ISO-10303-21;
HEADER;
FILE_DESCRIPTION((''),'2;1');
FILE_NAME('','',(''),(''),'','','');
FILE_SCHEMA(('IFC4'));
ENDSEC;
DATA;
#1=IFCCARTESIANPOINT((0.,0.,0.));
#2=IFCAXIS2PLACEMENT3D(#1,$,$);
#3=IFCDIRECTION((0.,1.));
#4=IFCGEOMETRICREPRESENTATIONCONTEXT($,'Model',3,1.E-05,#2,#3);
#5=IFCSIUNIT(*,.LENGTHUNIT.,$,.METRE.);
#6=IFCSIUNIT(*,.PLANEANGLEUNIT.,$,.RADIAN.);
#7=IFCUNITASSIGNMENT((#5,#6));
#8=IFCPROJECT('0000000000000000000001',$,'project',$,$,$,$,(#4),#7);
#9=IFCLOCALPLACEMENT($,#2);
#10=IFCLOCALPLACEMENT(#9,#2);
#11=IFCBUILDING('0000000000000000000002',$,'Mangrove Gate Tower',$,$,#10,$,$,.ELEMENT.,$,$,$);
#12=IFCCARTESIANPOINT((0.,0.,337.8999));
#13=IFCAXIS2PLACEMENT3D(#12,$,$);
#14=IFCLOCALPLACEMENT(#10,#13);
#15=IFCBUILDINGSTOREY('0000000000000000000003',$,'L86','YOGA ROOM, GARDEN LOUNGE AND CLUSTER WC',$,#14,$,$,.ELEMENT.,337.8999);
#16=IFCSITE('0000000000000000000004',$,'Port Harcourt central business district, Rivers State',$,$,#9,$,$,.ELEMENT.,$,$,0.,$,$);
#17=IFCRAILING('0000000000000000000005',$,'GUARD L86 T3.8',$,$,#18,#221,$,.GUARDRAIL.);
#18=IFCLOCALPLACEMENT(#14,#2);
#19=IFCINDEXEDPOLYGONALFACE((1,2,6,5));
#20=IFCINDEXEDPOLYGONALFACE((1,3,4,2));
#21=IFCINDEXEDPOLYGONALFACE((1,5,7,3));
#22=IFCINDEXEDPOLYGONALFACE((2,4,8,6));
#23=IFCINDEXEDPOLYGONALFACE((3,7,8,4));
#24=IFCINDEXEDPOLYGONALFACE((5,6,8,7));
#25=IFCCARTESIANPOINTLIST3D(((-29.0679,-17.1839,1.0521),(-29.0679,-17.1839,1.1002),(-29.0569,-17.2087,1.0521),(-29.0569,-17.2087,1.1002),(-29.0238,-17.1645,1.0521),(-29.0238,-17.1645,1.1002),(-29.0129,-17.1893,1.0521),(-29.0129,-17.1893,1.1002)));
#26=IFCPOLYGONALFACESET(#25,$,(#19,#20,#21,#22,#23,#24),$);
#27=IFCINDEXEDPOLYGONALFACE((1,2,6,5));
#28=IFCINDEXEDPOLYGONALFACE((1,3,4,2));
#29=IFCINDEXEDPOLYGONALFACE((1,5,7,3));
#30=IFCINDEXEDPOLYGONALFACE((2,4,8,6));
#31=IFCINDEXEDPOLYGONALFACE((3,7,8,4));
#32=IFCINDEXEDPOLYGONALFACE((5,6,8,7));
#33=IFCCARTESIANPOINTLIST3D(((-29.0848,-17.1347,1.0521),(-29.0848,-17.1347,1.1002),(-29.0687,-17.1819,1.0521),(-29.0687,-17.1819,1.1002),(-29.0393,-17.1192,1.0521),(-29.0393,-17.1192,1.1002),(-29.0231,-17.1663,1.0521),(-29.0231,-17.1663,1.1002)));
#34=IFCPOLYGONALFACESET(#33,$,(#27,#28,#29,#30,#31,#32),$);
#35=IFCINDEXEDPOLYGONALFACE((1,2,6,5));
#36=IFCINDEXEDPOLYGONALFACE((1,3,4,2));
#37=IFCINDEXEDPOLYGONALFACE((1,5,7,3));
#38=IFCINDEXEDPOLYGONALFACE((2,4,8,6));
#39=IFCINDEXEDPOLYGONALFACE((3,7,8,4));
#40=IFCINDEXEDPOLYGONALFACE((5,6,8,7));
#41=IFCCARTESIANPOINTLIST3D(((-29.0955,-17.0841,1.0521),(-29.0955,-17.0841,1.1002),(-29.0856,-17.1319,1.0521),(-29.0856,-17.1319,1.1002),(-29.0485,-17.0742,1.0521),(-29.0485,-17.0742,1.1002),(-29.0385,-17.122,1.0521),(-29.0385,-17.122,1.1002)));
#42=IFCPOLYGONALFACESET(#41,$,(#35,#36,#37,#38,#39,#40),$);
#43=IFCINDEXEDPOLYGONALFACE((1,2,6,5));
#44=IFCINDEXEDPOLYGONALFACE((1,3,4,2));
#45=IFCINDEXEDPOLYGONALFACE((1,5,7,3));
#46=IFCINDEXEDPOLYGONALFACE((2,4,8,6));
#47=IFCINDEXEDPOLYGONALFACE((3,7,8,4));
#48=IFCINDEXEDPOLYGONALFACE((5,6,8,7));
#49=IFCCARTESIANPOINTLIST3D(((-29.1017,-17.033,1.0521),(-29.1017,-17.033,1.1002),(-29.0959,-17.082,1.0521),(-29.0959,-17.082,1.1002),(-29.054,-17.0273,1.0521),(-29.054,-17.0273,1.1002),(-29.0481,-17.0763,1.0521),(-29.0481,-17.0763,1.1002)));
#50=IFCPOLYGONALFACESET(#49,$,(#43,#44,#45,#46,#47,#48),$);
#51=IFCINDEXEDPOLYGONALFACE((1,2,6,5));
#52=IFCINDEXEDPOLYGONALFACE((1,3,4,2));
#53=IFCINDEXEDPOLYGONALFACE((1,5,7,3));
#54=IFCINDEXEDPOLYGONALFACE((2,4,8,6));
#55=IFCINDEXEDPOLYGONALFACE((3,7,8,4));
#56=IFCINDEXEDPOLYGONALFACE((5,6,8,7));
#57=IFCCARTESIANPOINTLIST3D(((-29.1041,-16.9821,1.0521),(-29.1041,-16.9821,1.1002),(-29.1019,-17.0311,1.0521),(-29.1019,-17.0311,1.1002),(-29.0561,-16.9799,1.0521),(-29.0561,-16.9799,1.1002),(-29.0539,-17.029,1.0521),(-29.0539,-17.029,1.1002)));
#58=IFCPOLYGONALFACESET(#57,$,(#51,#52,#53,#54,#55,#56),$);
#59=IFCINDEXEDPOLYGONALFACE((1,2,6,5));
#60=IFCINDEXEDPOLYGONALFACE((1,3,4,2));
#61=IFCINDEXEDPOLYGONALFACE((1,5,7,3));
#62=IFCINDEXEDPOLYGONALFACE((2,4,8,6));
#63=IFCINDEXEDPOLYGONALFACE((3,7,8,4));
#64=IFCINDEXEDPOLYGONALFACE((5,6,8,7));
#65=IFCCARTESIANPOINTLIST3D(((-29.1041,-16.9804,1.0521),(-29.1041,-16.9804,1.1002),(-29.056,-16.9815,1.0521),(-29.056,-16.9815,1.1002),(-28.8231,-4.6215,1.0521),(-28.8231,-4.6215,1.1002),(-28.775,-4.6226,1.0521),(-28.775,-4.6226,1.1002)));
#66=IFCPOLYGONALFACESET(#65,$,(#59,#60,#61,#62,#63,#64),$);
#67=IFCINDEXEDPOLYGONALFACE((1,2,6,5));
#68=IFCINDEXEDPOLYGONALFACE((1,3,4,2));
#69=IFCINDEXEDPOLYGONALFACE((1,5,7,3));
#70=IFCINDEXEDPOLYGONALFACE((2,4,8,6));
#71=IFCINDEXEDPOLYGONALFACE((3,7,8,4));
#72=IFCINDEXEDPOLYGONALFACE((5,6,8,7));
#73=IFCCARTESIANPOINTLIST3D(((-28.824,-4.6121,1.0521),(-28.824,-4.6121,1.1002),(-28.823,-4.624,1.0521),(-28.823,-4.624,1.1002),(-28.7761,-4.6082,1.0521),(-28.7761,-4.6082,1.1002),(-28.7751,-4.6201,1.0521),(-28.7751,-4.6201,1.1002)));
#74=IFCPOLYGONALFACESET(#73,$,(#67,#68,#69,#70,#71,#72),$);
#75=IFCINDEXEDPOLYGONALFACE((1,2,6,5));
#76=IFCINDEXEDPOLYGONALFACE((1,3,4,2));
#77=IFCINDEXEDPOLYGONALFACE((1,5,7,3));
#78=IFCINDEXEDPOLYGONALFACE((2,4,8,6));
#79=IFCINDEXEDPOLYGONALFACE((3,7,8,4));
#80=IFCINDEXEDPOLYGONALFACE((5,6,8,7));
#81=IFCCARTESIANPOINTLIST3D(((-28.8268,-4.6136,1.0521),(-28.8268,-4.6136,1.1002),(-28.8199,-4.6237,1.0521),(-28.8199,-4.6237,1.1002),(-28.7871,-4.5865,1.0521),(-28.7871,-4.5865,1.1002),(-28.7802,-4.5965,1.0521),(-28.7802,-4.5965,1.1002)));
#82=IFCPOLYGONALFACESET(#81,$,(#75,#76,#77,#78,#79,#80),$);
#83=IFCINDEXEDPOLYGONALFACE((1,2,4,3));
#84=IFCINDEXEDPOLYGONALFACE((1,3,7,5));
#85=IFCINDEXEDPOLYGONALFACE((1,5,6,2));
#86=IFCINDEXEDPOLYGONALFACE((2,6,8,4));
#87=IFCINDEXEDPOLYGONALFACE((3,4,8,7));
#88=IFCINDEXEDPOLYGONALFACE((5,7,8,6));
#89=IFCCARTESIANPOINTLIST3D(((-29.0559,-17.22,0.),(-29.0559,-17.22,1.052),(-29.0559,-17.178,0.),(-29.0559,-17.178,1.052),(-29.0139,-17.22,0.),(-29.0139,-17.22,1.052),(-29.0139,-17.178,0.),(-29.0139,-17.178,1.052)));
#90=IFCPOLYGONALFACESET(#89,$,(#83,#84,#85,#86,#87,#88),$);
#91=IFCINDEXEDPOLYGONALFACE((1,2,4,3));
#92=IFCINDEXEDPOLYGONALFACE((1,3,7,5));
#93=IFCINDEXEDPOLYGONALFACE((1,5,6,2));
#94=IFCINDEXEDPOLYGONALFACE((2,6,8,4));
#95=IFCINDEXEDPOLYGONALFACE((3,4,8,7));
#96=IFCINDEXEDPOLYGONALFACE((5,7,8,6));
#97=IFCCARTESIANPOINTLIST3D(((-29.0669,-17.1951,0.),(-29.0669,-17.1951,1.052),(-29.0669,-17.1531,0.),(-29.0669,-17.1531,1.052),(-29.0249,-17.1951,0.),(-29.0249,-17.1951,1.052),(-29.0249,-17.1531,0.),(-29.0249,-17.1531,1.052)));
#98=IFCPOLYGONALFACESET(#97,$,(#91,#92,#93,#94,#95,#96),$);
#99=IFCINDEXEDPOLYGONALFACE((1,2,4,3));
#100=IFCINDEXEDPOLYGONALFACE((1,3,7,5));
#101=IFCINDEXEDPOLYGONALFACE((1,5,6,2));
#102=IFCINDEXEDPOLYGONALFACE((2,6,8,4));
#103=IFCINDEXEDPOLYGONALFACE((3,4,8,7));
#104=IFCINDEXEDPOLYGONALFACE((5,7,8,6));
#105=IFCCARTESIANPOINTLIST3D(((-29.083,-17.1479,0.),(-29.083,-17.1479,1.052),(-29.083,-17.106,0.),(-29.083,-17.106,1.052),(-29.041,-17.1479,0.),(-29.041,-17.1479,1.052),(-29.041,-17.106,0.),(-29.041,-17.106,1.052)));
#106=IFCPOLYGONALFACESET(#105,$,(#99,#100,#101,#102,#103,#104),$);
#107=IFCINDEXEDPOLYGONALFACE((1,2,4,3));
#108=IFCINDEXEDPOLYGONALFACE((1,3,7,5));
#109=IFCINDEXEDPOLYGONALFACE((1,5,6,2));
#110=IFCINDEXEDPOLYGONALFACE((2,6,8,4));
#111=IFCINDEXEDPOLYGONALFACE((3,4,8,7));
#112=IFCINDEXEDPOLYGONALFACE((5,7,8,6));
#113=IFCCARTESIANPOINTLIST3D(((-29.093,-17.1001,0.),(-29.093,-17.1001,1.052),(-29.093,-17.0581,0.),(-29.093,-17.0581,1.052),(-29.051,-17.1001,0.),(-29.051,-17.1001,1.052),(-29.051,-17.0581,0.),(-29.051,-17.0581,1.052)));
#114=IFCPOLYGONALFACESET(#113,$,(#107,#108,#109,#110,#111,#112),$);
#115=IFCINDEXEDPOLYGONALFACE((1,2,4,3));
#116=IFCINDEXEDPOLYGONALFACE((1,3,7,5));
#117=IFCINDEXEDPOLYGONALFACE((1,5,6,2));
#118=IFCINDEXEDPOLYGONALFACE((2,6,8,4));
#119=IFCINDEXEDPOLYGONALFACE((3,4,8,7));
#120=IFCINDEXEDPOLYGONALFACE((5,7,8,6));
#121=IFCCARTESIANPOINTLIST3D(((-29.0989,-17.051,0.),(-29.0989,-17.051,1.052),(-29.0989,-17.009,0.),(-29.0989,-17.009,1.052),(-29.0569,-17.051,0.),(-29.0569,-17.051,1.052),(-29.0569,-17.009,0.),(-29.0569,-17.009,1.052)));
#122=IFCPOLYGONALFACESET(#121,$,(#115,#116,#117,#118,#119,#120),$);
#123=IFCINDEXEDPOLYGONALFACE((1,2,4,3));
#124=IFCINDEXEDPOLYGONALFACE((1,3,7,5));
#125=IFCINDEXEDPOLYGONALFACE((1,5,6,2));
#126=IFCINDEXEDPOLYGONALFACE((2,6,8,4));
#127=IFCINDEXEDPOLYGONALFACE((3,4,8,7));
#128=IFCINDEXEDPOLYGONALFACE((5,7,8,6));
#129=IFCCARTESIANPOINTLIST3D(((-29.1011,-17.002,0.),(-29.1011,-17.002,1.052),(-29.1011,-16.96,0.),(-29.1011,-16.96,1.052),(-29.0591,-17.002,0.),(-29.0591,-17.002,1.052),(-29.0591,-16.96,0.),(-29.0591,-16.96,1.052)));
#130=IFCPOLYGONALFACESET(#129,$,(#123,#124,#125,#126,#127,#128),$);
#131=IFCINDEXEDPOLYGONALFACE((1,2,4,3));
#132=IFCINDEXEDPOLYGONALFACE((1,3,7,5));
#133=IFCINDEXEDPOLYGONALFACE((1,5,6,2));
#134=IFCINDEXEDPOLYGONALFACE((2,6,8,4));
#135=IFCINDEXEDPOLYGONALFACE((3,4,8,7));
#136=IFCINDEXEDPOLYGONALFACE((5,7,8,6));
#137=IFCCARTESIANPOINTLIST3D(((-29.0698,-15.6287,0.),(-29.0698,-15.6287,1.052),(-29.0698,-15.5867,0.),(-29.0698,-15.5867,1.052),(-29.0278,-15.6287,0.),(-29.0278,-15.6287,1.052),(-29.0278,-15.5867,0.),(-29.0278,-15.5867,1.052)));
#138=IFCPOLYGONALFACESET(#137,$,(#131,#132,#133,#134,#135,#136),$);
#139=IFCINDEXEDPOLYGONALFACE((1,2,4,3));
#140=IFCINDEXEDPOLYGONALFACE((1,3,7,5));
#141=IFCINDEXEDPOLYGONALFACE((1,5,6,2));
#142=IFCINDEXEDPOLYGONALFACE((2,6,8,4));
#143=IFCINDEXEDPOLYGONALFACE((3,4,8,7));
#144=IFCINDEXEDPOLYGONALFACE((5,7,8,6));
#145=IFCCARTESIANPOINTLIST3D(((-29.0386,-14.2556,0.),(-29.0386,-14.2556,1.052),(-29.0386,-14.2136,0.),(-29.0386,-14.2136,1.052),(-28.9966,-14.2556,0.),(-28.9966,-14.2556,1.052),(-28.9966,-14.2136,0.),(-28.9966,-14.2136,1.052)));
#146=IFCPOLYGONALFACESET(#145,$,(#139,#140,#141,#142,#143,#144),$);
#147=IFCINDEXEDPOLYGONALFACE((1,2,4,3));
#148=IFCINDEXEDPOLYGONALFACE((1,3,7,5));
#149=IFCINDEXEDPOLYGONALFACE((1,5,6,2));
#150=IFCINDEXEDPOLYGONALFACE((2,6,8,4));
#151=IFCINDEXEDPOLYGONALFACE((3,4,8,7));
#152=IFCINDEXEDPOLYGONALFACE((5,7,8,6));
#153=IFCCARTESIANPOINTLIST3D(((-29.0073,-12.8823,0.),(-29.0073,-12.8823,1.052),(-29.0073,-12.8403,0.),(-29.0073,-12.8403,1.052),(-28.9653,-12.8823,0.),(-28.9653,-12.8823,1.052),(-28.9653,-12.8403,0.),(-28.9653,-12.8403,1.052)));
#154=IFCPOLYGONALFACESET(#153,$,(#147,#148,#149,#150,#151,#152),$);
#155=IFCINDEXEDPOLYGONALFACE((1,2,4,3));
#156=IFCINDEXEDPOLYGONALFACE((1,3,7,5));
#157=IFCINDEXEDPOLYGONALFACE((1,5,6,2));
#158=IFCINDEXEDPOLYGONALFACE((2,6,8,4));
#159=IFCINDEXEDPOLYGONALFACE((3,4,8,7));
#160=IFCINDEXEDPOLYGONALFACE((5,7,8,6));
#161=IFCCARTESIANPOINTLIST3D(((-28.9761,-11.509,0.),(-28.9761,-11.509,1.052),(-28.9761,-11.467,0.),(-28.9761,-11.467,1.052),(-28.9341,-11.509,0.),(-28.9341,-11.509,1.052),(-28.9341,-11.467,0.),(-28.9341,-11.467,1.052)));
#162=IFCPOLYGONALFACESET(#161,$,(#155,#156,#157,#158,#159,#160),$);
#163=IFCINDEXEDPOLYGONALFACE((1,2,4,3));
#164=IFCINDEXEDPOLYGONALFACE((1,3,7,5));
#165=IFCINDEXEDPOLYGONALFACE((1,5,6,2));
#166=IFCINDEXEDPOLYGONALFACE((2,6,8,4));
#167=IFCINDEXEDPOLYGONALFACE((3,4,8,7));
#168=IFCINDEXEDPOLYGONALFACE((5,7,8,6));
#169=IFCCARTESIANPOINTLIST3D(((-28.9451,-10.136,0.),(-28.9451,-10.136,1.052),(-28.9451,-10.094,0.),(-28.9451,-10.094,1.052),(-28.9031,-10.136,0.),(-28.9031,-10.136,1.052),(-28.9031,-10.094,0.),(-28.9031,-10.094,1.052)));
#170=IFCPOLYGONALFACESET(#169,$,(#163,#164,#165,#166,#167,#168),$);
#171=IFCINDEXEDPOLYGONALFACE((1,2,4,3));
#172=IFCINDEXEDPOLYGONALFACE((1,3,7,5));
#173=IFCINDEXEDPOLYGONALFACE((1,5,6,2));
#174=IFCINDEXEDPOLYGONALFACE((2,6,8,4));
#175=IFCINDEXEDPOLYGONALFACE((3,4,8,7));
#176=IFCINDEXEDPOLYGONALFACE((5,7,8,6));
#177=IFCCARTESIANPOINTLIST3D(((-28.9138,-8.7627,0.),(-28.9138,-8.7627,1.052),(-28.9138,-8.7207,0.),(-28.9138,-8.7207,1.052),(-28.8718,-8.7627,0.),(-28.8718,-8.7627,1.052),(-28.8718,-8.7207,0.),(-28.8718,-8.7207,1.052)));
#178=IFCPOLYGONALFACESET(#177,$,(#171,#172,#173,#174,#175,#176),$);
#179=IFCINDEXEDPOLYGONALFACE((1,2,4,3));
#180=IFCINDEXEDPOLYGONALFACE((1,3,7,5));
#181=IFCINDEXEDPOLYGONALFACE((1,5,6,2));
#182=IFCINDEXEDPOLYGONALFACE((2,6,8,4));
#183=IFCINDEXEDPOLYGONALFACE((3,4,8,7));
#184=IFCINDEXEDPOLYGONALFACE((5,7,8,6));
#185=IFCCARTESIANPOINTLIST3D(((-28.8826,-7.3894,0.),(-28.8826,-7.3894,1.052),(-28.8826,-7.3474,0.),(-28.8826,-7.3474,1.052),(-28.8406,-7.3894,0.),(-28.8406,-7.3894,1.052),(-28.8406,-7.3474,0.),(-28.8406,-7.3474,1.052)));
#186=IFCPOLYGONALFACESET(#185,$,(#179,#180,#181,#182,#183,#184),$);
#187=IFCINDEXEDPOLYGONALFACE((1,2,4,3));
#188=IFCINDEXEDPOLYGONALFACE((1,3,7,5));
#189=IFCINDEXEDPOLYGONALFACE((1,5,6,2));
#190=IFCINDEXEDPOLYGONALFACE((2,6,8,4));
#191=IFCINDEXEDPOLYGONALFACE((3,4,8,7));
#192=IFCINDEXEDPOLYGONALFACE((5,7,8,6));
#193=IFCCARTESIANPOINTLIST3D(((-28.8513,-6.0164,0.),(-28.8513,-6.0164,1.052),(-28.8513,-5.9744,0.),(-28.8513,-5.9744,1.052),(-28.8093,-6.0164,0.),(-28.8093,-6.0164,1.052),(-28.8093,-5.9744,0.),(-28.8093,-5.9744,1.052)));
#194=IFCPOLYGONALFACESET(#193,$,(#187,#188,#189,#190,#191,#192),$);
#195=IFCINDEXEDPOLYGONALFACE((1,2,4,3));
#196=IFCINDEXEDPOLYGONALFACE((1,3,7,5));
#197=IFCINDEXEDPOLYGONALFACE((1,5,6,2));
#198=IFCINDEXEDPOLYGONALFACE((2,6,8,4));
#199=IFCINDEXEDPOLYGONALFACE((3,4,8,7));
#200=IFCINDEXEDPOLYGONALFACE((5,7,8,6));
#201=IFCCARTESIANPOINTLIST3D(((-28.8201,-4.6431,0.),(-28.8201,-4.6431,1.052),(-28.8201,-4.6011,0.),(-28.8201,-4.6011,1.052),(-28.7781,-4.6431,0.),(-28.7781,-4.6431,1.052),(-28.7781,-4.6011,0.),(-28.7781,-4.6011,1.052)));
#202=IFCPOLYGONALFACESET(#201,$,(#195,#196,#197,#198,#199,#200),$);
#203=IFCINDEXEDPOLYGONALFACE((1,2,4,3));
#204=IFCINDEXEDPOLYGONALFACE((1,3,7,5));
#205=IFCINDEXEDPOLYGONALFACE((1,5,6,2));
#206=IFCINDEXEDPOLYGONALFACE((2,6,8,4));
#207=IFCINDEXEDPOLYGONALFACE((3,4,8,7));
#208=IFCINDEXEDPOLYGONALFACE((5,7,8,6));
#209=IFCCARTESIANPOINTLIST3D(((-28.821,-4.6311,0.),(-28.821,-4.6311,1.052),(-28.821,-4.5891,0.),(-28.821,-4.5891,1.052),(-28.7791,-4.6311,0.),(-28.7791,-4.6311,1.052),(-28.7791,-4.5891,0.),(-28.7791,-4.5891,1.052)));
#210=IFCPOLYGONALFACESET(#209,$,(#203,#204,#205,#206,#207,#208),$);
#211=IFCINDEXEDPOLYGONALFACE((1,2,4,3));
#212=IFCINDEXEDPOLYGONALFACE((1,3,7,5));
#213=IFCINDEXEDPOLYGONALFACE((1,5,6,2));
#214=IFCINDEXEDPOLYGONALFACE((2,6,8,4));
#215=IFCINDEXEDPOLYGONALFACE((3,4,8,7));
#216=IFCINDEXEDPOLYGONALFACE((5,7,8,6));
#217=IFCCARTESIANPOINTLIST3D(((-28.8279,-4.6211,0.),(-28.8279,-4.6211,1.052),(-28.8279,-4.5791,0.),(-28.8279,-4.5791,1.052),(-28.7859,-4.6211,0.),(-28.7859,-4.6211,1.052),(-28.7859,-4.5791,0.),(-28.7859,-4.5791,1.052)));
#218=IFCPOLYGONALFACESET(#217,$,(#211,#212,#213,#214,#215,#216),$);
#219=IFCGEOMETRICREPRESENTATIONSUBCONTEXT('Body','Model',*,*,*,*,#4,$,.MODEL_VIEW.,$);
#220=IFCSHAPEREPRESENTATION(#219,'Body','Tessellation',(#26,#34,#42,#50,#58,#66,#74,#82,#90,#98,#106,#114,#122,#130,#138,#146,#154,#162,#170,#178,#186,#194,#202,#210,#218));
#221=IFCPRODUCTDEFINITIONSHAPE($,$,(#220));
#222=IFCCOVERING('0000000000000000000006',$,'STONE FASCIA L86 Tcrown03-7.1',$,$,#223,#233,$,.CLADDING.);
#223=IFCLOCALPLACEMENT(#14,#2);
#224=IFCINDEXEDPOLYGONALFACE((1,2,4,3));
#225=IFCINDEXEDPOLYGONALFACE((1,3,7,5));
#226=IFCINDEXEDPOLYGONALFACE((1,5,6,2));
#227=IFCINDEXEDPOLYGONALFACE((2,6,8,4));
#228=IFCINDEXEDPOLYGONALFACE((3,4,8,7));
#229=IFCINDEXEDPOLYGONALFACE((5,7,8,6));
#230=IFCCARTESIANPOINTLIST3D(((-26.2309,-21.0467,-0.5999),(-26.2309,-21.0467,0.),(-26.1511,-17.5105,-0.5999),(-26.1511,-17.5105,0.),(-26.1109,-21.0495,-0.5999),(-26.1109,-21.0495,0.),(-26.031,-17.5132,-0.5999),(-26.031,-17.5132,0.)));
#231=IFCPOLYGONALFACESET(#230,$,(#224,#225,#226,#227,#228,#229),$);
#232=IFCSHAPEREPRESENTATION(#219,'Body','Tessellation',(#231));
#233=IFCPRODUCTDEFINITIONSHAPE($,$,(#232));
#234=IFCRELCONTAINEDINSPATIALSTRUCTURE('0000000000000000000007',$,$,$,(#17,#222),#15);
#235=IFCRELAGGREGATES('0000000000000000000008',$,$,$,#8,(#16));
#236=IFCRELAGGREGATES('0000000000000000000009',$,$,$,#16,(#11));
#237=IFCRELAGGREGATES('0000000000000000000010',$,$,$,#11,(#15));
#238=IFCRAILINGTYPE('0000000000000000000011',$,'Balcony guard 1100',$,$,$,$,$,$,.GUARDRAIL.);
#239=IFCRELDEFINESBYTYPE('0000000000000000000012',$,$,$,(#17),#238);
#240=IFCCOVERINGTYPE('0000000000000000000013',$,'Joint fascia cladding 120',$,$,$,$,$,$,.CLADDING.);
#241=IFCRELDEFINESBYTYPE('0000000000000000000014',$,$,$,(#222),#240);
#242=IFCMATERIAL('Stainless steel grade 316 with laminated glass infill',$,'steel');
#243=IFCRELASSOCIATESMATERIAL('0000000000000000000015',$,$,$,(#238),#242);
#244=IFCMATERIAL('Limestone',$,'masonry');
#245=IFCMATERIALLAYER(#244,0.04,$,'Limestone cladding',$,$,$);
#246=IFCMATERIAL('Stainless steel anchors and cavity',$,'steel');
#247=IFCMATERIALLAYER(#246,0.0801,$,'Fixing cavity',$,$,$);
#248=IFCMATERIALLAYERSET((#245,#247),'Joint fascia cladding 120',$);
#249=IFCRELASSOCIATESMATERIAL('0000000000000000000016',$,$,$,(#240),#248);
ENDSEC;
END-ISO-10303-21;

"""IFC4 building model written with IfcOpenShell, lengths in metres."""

from ifc_helpers import new_model, si_unit, direction, frame, frame_2d, origin, origin_2d, place, context, subcontext, project, spatial, rectangle, extrude, material, layer, layer_set, type_object, element, save


model = new_model("IFC4")

# Units and contexts
model_context = context("Model", 3, precision=1e-05, world=origin(), true_north=direction((0.0, 1.0)))
body_context = subcontext(model_context, "Body", "Model", "MODEL_VIEW")
ifc_project = project(units=[si_unit("LENGTHUNIT", "METRE"), si_unit("PLANEANGLEUNIT", "RADIAN")], contexts=[model_context])

# Site, building, storey
site_placement = place(None, origin())
site = spatial("IfcSite", under=ifc_project, at=site_placement, Name="Port Harcourt central business district, Rivers State", CompositionType="ELEMENT", RefElevation=0.0)
building_placement = place(site_placement, origin())
building = spatial("IfcBuilding", under=site, at=building_placement, Name="Mangrove Gate Tower", CompositionType="ELEMENT")
storey_placement = place(building_placement, frame((0.0, 0.0, 337.8999)))
storey = spatial("IfcBuildingStorey", under=building, at=storey_placement, Name="L86", Description="YOGA ROOM, GARDEN LOUNGE AND CLUSTER WC", CompositionType="ELEMENT", Elevation=337.8999)

# Shared definitions
ifc_material_1 = material(Name="Limestone", Category="masonry")

# Railing
ifc_material_2 = material(Name="Stainless steel grade 316 with laminated glass infill", Category="steel")
railing_type = type_object("IfcRailingType", Name="Balcony guard 1100", PredefinedType="GUARDRAIL", material=ifc_material_2)
railing_1_placement = place(storey_placement, frame((-29.0349, -17.199, 0.0)))
element("IfcRailing", 1, at=railing_1_placement, inside=storey, type_object=railing_type, Name="GUARD L86 T3.8", PredefinedType="GUARDRAIL", context=body_context, shape_type="SweptSolid", body=[
    extrude(rectangle(XDim=0.0481, YDim=0.0481, at=origin_2d()), frame((0.0, 0.0, 1.0762), z_axis=(-0.40364, 0.914918, 0.0), x_axis=(-0.914918, -0.40364, 0.0)), (0.0, 0.0, 1.0), 0.0271),
    extrude(rectangle(XDim=0.0481, YDim=0.0481, at=origin_2d()), frame((-0.011, 0.0249, 1.0762), z_axis=(-0.323572, 0.946203, 0.0), x_axis=(-0.946203, -0.323572, 0.0)), (0.0, 0.0, 1.0), 0.0498),
    extrude(rectangle(XDim=0.0481, YDim=0.0481, at=origin_2d()), frame((-0.0271, 0.072, 1.0762), z_axis=(-0.204752, 0.978814, 0.0), x_axis=(-0.978814, -0.204752, 0.0)), (0.0, 0.0, 1.0), 0.0488),
    extrude(rectangle(XDim=0.0481, YDim=0.0481, at=origin_2d()), frame((-0.0371, 0.1199, 1.0762), z_axis=(-0.118561, 0.992947, 0.0), x_axis=(-0.992947, -0.118561, 0.0)), (0.0, 0.0, 1.0), 0.0493),
    extrude(rectangle(XDim=0.0481, YDim=0.0481, at=origin_2d()), frame((-0.043, 0.1689, 1.0762), z_axis=(-0.044731, 0.998999, 0.0), x_axis=(-0.998999, -0.044731, 0.0)), (0.0, 0.0, 1.0), 0.0491),
    extrude(rectangle(XDim=0.0481, YDim=0.0481, at=origin_2d()), frame((-0.0452, 0.218, 1.0762), z_axis=(0.022731, 0.999742, 0.0), x_axis=(-0.999742, 0.022731, 0.0)), (0.0, 0.0, 1.0), 12.3621),
    extrude(rectangle(XDim=0.0481, YDim=0.0481, at=origin_2d()), frame((0.2358, 12.5769, 1.0762), z_axis=(-0.081362, 0.996685, 0.0), x_axis=(-0.996685, -0.081362, 0.0)), (0.0, 0.0, 1.0), 0.012),
    extrude(rectangle(XDim=0.0481, YDim=0.0481, at=origin_2d()), frame((0.2349, 12.5889, 1.0762), z_axis=(-0.563962, 0.825801, 0.0), x_axis=(-0.825801, -0.563962, 0.0)), (0.0, 0.0, 1.0), 0.0122),
    extrude(rectangle(XDim=0.042, YDim=0.042, at=origin_2d()), origin(), (0.0, 0.0, 1.0), 1.052),
    extrude(rectangle(XDim=0.042, YDim=0.042, at=origin_2d()), frame((-0.011, 0.0249, 0.0)), (0.0, 0.0, 1.0), 1.052),
    extrude(rectangle(XDim=0.042, YDim=0.042, at=origin_2d()), frame((-0.0271, 0.072, 0.0)), (0.0, 0.0, 1.0), 1.052),
    extrude(rectangle(XDim=0.042, YDim=0.042, at=origin_2d()), frame((-0.0371, 0.1199, 0.0)), (0.0, 0.0, 1.0), 1.052),
    extrude(rectangle(XDim=0.042, YDim=0.042, at=origin_2d()), frame((-0.043, 0.1689, 0.0)), (0.0, 0.0, 1.0), 1.052),
    extrude(rectangle(XDim=0.042, YDim=0.042, at=origin_2d()), frame((-0.0452, 0.218, 0.0)), (0.0, 0.0, 1.0), 1.052),
    extrude(rectangle(XDim=0.042, YDim=0.042, at=origin_2d()), frame((-0.0139, 1.5913, 0.0)), (0.0, 0.0, 1.0), 1.052),
    extrude(rectangle(XDim=0.042, YDim=0.042, at=origin_2d()), frame((0.0173, 2.9644, 0.0)), (0.0, 0.0, 1.0), 1.052),
    extrude(rectangle(XDim=0.042, YDim=0.042, at=origin_2d()), frame((0.0486, 4.3376, 0.0)), (0.0, 0.0, 1.0), 1.052),
    extrude(rectangle(XDim=0.042, YDim=0.042, at=origin_2d()), frame((0.0798, 5.7109, 0.0)), (0.0, 0.0, 1.0), 1.052),
    extrude(rectangle(XDim=0.042, YDim=0.042, at=origin_2d()), frame((0.1108, 7.084, 0.0)), (0.0, 0.0, 1.0), 1.052),
    extrude(rectangle(XDim=0.042, YDim=0.042, at=origin_2d()), frame((0.1421, 8.4573, 0.0)), (0.0, 0.0, 1.0), 1.052),
    extrude(rectangle(XDim=0.042, YDim=0.042, at=origin_2d()), frame((0.1733, 9.8306, 0.0)), (0.0, 0.0, 1.0), 1.052),
    extrude(rectangle(XDim=0.042, YDim=0.042, at=origin_2d()), frame((0.2046, 11.2036, 0.0)), (0.0, 0.0, 1.0), 1.052),
    extrude(rectangle(XDim=0.042, YDim=0.042, at=origin_2d()), frame((0.2358, 12.5769, 0.0)), (0.0, 0.0, 1.0), 1.052),
    extrude(rectangle(XDim=0.042, YDim=0.042, at=origin_2d()), frame((0.2349, 12.5889, 0.0)), (0.0, 0.0, 1.0), 1.052),
    extrude(rectangle(XDim=0.042, YDim=0.042, at=origin_2d()), frame((0.228, 12.5989, 0.0)), (0.0, 0.0, 1.0), 1.052),
])

# Covering
ifc_layer_1 = layer(ifc_material_1, 0.04, Name="Limestone cladding")
ifc_material_3 = material(Name="Stainless steel anchors and cavity", Category="steel")
ifc_layer_2 = layer(ifc_material_3, 0.0801, Name="Fixing cavity")
ifc_layer_set_1 = layer_set([ifc_layer_1, ifc_layer_2], Name="Joint fascia cladding 120")
covering_type = type_object("IfcCoveringType", Name="Joint fascia cladding 120", PredefinedType="CLADDING", material=ifc_layer_set_1)
covering_1_placement = place(storey_placement, frame((-26.1709, -21.0481, -0.5999), z_axis=(0.0, 0.0, 1.0), x_axis=(0.022571, 0.999745, 0.0)))
element("IfcCovering", 2, at=covering_1_placement, inside=storey, type_object=covering_type, Name="STONE FASCIA L86 Tcrown03-7.1", PredefinedType="CLADDING", context=body_context, shape_type="SweptSolid", body=[
    extrude(rectangle(XDim=3.5371, YDim=0.1201, at=frame_2d((1.7686, 0.0))), origin(), (0.0, 0.0, 1.0), 0.5999),
])

save(model, "model.ifc")
